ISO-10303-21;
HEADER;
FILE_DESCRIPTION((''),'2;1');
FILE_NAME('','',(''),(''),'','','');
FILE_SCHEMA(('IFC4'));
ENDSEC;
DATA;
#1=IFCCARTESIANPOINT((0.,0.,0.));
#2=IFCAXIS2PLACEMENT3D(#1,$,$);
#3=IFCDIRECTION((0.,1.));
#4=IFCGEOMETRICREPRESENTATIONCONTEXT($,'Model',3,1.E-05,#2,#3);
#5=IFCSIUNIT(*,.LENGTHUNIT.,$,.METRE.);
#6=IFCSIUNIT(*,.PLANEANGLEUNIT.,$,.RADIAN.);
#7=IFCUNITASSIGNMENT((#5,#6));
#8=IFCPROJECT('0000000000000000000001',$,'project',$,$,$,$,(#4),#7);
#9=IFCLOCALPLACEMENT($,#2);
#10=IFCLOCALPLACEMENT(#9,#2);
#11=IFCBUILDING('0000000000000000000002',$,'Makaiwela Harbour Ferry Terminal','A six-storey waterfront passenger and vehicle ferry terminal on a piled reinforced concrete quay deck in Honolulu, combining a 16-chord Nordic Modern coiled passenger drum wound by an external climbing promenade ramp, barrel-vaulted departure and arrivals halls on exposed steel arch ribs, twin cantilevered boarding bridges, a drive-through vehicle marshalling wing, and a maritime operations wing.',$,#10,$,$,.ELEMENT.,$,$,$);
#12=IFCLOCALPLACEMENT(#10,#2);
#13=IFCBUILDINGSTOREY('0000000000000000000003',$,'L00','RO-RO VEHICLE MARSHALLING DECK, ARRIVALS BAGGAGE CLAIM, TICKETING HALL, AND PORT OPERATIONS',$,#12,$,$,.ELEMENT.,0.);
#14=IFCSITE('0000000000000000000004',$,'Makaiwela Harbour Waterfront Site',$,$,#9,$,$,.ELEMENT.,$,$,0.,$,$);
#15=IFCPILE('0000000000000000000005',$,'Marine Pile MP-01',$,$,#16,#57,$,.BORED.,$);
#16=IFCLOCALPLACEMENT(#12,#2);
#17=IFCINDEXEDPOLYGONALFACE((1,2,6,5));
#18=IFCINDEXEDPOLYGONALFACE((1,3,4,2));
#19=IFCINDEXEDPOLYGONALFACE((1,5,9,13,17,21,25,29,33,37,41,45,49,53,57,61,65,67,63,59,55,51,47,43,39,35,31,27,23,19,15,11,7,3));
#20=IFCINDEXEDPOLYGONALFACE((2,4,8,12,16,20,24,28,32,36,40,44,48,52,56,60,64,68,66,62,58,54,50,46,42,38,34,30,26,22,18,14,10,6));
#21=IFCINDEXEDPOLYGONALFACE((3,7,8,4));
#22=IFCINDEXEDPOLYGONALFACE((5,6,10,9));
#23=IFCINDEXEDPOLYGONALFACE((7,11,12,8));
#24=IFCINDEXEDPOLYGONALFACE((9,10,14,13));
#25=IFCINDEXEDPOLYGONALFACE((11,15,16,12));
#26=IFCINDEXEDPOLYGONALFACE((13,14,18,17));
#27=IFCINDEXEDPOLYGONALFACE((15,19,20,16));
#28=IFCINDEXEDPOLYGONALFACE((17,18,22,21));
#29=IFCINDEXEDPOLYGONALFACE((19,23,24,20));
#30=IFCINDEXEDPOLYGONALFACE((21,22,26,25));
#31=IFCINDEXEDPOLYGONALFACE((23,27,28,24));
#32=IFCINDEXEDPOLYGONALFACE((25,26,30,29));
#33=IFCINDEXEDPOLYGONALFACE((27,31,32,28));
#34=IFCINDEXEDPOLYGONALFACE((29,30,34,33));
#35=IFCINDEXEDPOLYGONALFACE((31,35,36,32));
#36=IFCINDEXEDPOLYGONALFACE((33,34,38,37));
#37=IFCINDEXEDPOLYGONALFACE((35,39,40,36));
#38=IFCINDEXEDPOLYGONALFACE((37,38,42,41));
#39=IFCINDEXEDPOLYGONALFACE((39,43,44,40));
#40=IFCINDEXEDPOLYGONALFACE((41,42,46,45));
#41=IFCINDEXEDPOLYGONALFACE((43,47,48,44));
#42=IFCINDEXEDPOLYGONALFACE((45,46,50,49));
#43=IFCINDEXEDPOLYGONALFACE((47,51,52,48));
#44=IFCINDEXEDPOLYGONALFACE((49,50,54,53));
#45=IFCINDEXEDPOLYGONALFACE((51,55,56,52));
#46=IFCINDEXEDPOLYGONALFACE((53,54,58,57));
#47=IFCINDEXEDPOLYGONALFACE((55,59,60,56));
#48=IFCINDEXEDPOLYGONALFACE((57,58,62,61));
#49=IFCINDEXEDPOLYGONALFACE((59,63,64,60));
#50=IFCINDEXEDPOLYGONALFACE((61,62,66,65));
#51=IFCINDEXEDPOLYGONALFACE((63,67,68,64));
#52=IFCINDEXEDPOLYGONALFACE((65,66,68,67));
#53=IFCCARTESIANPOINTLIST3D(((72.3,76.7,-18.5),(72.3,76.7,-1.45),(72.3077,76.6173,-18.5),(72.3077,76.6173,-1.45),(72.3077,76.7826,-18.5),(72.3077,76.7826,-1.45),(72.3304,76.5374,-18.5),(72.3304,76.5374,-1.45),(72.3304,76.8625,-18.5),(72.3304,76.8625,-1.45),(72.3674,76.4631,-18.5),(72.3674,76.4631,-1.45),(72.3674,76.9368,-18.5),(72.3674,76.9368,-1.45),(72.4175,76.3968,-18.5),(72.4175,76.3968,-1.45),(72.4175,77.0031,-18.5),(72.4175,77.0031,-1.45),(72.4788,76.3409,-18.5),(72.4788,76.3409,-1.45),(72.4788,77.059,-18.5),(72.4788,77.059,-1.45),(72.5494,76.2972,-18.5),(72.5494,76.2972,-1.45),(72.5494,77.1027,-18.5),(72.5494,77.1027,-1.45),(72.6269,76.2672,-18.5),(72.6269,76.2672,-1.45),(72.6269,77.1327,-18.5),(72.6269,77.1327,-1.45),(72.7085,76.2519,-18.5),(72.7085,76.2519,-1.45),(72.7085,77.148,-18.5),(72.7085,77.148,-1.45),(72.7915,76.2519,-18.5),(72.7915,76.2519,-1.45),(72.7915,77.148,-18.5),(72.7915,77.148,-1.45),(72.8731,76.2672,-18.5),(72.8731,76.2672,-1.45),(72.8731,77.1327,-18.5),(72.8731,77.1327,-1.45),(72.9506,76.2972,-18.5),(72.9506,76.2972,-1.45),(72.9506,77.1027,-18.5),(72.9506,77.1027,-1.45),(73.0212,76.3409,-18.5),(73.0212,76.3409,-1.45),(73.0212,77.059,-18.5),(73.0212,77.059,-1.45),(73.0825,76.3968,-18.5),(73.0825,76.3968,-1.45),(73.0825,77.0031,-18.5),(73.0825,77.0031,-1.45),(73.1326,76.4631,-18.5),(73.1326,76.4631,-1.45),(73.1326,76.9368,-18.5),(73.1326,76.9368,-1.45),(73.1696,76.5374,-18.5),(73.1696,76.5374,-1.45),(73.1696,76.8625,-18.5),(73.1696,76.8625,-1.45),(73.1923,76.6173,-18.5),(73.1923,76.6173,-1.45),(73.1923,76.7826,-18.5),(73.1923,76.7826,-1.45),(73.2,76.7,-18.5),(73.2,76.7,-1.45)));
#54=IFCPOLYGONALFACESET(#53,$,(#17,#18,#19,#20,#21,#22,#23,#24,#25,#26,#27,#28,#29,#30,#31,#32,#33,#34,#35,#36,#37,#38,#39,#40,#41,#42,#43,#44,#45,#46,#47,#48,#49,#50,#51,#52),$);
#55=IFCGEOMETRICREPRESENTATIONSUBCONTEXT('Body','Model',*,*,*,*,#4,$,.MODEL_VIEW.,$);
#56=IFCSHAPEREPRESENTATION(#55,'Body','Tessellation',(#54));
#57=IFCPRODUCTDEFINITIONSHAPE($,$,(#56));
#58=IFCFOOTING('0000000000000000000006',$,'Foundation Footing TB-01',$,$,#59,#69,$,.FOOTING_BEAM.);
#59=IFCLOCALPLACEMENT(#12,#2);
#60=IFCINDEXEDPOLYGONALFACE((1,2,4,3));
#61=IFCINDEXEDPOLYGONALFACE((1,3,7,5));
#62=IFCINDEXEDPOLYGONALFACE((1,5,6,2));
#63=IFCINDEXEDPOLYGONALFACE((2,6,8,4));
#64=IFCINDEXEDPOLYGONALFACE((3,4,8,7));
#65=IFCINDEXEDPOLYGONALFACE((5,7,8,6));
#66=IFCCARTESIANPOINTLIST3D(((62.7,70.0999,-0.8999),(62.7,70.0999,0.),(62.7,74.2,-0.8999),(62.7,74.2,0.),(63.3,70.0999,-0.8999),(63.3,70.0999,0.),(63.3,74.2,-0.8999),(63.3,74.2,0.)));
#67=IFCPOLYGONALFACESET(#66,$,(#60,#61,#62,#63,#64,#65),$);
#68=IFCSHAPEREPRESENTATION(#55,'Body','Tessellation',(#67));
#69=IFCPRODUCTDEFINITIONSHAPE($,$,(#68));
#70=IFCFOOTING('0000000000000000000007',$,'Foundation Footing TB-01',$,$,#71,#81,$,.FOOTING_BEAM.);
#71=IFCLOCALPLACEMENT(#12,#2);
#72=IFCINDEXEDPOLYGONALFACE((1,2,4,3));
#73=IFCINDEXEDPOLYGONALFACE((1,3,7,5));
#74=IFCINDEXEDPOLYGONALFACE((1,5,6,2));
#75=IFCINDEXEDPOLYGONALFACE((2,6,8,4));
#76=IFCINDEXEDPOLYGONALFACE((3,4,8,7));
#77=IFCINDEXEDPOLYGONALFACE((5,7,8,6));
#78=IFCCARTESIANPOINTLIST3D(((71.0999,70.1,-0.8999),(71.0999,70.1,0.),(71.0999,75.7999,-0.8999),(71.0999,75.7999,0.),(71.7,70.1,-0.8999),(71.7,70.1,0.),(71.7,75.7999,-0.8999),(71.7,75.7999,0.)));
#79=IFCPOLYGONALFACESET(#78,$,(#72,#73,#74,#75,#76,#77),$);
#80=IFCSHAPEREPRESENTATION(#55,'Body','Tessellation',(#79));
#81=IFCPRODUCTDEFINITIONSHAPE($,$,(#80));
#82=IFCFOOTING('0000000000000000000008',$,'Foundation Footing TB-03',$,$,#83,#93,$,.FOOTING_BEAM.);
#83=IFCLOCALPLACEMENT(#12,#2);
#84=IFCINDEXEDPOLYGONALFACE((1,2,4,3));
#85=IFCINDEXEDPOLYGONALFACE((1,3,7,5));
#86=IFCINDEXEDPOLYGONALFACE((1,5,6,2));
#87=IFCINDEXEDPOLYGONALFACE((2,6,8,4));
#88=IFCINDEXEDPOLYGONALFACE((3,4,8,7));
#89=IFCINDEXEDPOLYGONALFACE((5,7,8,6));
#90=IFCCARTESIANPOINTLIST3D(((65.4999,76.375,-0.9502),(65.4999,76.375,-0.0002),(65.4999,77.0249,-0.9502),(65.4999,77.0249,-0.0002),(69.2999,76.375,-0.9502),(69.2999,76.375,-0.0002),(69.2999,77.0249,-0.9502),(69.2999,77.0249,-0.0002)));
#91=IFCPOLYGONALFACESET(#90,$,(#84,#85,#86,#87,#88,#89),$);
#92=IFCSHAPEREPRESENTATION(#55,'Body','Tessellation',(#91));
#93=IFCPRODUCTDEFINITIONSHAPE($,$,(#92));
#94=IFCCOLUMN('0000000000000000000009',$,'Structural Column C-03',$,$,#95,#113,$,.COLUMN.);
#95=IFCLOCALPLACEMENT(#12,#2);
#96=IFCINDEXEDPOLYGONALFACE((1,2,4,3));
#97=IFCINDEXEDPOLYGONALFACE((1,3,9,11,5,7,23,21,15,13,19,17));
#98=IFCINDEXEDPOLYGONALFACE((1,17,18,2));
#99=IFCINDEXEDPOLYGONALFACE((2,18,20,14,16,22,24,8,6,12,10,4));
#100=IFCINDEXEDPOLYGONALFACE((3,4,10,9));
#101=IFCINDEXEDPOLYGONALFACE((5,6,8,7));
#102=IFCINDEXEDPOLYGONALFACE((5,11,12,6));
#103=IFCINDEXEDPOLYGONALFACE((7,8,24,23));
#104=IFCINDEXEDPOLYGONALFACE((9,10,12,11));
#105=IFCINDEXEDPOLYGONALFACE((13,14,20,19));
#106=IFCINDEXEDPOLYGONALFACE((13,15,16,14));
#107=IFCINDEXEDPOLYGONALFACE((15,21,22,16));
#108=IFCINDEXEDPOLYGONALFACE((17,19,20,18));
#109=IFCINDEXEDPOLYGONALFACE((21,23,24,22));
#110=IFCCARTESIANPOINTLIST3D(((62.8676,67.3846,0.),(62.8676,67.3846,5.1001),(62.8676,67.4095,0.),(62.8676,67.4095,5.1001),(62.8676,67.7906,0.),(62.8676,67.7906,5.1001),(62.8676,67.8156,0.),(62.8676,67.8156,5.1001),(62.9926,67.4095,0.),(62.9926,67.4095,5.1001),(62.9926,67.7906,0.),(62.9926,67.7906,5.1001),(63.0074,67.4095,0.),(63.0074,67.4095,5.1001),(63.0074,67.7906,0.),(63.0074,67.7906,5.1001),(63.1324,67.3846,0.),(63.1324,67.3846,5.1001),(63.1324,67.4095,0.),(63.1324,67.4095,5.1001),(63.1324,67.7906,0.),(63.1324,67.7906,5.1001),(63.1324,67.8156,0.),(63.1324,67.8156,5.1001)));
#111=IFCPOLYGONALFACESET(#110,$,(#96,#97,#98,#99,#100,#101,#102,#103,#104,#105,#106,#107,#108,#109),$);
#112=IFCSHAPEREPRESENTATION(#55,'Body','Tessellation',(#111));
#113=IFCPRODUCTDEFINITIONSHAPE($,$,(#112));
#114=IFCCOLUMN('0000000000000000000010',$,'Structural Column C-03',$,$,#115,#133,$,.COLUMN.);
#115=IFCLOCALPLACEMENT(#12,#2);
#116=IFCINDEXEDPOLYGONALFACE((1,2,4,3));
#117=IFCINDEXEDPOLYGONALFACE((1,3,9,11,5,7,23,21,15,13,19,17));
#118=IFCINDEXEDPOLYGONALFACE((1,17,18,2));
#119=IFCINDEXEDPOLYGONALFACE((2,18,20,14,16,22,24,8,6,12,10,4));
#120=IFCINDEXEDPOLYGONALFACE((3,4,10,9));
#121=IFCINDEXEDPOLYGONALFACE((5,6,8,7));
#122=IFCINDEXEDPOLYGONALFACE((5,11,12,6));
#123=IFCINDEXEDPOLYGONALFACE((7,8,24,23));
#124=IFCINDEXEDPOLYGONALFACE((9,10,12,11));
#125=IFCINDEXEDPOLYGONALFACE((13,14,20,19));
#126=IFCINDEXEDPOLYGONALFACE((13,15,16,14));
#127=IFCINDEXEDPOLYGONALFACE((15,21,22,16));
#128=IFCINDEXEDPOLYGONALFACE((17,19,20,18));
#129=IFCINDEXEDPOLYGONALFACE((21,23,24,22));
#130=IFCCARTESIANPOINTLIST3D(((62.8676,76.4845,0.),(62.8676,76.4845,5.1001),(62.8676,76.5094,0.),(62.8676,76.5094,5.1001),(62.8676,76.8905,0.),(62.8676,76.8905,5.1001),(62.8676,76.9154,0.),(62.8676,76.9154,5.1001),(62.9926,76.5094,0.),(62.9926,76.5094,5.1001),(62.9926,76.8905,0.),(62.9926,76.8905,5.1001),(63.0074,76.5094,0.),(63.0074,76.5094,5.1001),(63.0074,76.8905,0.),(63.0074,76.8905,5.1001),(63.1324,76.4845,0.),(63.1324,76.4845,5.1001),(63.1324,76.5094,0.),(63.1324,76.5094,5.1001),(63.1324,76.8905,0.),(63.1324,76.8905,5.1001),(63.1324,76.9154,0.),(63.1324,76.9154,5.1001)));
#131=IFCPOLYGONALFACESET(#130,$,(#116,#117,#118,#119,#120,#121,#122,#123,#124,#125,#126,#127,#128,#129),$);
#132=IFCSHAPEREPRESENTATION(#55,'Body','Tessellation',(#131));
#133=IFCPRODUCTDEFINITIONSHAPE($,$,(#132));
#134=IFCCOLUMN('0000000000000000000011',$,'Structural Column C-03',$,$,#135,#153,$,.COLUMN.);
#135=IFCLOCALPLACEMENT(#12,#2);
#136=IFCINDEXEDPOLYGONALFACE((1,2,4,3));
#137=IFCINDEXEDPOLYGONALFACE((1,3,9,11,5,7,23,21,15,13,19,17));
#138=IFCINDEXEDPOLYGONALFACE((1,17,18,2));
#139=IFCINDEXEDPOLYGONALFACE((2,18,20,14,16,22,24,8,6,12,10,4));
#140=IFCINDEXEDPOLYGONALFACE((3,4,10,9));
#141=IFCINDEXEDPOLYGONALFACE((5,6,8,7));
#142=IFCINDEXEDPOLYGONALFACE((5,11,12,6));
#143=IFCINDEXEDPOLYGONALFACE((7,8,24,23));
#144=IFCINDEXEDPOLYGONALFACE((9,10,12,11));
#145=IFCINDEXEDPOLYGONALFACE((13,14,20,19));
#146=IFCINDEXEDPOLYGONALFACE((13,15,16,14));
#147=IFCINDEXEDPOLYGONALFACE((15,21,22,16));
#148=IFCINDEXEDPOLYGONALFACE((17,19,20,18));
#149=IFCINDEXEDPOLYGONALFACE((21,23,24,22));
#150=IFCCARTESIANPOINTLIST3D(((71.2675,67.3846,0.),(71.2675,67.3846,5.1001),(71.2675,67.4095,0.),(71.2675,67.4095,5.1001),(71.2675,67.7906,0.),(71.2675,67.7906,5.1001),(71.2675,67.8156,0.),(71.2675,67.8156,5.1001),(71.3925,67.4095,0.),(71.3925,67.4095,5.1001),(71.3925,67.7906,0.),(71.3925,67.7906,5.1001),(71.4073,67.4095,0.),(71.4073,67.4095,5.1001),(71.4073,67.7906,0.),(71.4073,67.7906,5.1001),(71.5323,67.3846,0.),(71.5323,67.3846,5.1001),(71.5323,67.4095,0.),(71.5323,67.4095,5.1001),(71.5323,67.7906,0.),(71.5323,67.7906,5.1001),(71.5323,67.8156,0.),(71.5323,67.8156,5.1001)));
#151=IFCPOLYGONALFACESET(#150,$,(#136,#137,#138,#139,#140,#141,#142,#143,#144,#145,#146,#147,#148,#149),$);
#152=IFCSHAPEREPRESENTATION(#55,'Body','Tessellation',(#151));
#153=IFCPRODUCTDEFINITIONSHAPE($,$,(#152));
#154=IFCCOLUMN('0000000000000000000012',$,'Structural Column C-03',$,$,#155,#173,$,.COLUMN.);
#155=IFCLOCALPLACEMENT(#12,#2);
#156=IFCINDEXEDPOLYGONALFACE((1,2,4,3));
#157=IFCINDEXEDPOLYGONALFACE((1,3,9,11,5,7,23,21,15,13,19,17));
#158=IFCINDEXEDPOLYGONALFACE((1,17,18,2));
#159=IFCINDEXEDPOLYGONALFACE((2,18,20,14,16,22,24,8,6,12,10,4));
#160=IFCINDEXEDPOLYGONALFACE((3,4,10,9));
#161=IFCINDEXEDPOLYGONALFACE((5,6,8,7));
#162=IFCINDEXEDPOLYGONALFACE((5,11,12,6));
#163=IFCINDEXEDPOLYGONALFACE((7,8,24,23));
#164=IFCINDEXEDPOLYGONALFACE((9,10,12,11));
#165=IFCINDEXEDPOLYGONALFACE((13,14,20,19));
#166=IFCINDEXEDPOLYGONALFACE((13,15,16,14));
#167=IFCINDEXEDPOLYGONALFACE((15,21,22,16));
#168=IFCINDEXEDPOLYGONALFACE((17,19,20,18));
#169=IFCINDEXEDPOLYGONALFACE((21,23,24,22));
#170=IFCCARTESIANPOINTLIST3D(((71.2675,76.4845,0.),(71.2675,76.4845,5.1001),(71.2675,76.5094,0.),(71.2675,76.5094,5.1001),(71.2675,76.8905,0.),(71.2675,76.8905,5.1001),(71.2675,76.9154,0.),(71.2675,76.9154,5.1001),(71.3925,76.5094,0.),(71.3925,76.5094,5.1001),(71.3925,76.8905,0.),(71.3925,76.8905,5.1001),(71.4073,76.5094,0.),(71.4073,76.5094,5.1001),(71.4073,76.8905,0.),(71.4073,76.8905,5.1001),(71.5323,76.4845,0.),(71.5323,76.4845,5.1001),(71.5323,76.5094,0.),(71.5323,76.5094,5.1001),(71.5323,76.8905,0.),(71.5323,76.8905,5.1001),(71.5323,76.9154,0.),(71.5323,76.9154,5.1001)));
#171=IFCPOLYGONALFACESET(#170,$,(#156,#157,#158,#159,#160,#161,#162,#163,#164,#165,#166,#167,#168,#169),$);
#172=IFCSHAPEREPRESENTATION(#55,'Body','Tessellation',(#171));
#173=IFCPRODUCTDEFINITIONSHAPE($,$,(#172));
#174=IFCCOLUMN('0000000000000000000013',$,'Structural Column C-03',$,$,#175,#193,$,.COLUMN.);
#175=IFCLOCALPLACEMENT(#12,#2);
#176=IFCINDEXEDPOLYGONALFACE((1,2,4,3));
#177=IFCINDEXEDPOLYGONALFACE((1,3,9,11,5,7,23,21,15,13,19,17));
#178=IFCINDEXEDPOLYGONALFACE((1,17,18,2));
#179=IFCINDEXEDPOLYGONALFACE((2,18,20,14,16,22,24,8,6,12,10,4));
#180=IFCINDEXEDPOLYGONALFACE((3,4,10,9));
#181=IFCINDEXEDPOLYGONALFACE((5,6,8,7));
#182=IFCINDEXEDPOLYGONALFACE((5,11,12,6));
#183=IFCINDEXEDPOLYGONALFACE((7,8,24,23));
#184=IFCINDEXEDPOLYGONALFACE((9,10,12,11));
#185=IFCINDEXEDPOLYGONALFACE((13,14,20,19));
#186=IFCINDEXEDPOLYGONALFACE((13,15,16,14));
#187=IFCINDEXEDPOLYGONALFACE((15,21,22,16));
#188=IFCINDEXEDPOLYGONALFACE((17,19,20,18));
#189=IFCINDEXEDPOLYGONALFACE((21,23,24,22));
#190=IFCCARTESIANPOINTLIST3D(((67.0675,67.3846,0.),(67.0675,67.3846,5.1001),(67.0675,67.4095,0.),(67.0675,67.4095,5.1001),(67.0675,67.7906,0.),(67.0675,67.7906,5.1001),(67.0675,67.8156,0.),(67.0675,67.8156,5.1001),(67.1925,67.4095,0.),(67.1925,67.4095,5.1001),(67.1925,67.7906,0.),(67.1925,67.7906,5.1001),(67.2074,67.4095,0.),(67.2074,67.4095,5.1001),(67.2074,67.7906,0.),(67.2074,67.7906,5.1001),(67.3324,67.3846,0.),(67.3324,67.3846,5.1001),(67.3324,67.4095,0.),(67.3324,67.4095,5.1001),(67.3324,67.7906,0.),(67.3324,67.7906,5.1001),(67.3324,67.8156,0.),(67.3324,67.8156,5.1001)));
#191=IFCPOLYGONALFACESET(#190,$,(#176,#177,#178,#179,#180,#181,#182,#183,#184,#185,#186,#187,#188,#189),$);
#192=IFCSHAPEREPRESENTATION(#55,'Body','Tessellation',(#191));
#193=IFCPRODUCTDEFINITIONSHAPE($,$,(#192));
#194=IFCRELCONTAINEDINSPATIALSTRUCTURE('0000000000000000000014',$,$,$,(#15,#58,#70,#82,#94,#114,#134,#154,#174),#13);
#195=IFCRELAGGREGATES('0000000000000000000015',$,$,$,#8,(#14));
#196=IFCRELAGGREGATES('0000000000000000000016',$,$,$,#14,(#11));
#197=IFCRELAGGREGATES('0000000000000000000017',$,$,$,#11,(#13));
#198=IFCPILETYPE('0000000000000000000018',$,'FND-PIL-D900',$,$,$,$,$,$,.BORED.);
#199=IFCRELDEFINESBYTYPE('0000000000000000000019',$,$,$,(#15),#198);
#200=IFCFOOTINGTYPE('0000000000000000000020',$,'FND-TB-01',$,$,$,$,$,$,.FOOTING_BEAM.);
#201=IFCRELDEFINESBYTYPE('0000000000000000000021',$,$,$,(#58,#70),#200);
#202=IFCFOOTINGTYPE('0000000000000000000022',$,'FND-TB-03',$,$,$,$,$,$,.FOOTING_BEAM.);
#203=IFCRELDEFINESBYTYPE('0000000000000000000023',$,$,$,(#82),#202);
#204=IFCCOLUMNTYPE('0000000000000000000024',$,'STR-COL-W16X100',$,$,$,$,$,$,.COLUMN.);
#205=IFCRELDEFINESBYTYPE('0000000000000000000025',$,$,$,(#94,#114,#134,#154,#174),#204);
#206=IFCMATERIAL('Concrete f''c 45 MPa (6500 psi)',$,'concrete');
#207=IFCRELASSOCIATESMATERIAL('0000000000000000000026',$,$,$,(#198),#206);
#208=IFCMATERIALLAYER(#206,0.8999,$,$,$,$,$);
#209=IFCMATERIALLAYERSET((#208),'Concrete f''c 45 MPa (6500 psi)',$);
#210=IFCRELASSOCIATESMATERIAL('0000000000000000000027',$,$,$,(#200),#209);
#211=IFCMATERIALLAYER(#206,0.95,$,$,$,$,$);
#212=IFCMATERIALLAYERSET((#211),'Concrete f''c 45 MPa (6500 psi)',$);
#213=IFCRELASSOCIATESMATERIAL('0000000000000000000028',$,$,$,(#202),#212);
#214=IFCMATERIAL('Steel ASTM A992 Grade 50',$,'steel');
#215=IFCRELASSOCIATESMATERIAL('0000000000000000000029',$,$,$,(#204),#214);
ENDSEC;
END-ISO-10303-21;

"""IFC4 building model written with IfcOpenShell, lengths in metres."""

from ifc_helpers import new_model, si_unit, direction, frame, origin, origin_2d, place, context, subcontext, project, spatial, rectangle, circle, i_section, extrude, material, layer, layer_set, material_profile, profile_set, type_object, element, save


model = new_model("IFC4")

# Units and contexts
model_context = context("Model", 3, precision=1e-05, world=origin(), true_north=direction((0.0, 1.0)))
body_context = subcontext(model_context, "Body", "Model", "MODEL_VIEW")
ifc_project = project(units=[si_unit("LENGTHUNIT", "METRE"), si_unit("PLANEANGLEUNIT", "RADIAN")], contexts=[model_context])

# Site, building, storey
site_placement = place(None, origin())
site = spatial("IfcSite", under=ifc_project, at=site_placement, Name="Makaiwela Harbour Waterfront Site", CompositionType="ELEMENT", RefElevation=0.0)
building_placement = place(site_placement, origin())
building = spatial("IfcBuilding", under=site, at=building_placement, Name="Makaiwela Harbour Ferry Terminal", Description="A six-storey waterfront passenger and vehicle ferry terminal on a piled reinforced concrete quay deck in Honolulu, combining a 16-chord Nordic Modern coiled passenger drum wound by an external climbing promenade ramp, barrel-vaulted departure and arrivals halls on exposed steel arch ribs, twin cantilevered boarding bridges, a drive-through vehicle marshalling wing, and a maritime operations wing.", CompositionType="ELEMENT")
storey_placement = place(building_placement, origin())
storey = spatial("IfcBuildingStorey", under=building, at=storey_placement, Name="L00", Description="RO-RO VEHICLE MARSHALLING DECK, ARRIVALS BAGGAGE CLAIM, TICKETING HALL, AND PORT OPERATIONS", CompositionType="ELEMENT", Elevation=0.0)

# Shared definitions
ifc_material_1 = material(Name="Concrete f'c 45 MPa (6500 psi)", Category="concrete")

# Pile
ifc_material_profile_1 = material_profile(ifc_material_1, circle(Radius=0.45, at=origin_2d()), Name="PILE-D900")
ifc_profile_set_1 = profile_set([ifc_material_profile_1], Name="Concrete f'c 45 MPa (6500 psi)")
pile_type = type_object("IfcPileType", Name="FND-PIL-D900", PredefinedType="BORED", material=ifc_profile_set_1)
for number, where, z_axis, x_axis, name in (
    (1, (72.75, 76.7, -1.45), (0.0, 0.0, -1.0), (1.0, 0.0, 0.0), "Marine Pile MP-01"),
):
    element("IfcPile", number, at=place(storey_placement, frame(where, z_axis=z_axis, x_axis=x_axis)), inside=storey, type_object=pile_type, Name=name, PredefinedType="BORED", context=body_context, shape_type="SweptSolid", body=[
        extrude(circle(Radius=0.45, at=origin_2d()), origin(), (0.0, 0.0, 1.0), 17.05),
    ])

# Footings
ifc_layer_1 = layer(ifc_material_1, 0.8999)
ifc_layer_set_1 = layer_set([ifc_layer_1], Name="Concrete f'c 45 MPa (6500 psi)")
footing_type_1 = type_object("IfcFootingType", Name="FND-TB-01", PredefinedType="FOOTING_BEAM", material=ifc_layer_set_1)
footing_1_placement = place(storey_placement, frame((63.0, 72.1499, -0.8999), z_axis=(0.0, 0.0, 1.0), x_axis=(0.0, 1.0, 0.0)))
element("IfcFooting", 2, at=footing_1_placement, inside=storey, type_object=footing_type_1, Name="Foundation Footing TB-01", PredefinedType="FOOTING_BEAM", context=body_context, shape_type="SweptSolid", body=[
    extrude(rectangle(XDim=4.1001, YDim=0.6001, at=origin_2d()), origin(), (0.0, 0.0, 1.0), 0.8999),
])
footing_2_placement = place(storey_placement, frame((71.3999, 72.95, -0.8999), z_axis=(0.0, 0.0, 1.0), x_axis=(0.0, 1.0, 0.0)))
element("IfcFooting", 3, at=footing_2_placement, inside=storey, type_object=footing_type_1, Name="Foundation Footing TB-01", PredefinedType="FOOTING_BEAM", context=body_context, shape_type="SweptSolid", body=[
    extrude(rectangle(XDim=5.7, YDim=0.6001, at=origin_2d()), origin(), (0.0, 0.0, 1.0), 0.8999),
])
ifc_layer_2 = layer(ifc_material_1, 0.95)
ifc_layer_set_2 = layer_set([ifc_layer_2], Name="Concrete f'c 45 MPa (6500 psi)")
footing_type_2 = type_object("IfcFootingType", Name="FND-TB-03", PredefinedType="FOOTING_BEAM", material=ifc_layer_set_2)
footing_3_placement = place(storey_placement, frame((67.3999, 76.7, -0.9502), z_axis=(0.0, 0.0, 1.0), x_axis=(1.0, 0.0, 0.0)))
element("IfcFooting", 4, at=footing_3_placement, inside=storey, type_object=footing_type_2, Name="Foundation Footing TB-03", PredefinedType="FOOTING_BEAM", context=body_context, shape_type="SweptSolid", body=[
    extrude(rectangle(XDim=3.8, YDim=0.6499, at=origin_2d()), origin(), (0.0, 0.0, 1.0), 0.95),
])

# Columns
ifc_material_2 = material(Name="Steel ASTM A992 Grade 50", Category="steel")
ifc_material_profile_2 = material_profile(ifc_material_2, i_section(OverallWidth=0.2649, OverallDepth=0.4309, WebThickness=0.0149, FlangeThickness=0.0249, at=origin_2d()), Name="W16X100")
ifc_profile_set_2 = profile_set([ifc_material_profile_2], Name="Steel ASTM A992 Grade 50")
column_type = type_object("IfcColumnType", Name="STR-COL-W16X100", PredefinedType="COLUMN", material=ifc_profile_set_2)
for number, where, z_axis, x_axis, name in (
    (5, (63.0, 67.6001, 0.0), (0.0, 0.0, 1.0), (1.0, 0.0, 0.0), "Structural Column C-03"),
    (6, (63.0, 76.7, 0.0), (0.0, 0.0, 1.0), (1.0, 0.0, 0.0), "Structural Column C-03"),
    (7, (71.3999, 67.6001, 0.0), (0.0, 0.0, 1.0), (1.0, 0.0, 0.0), "Structural Column C-03"),
    (8, (71.3999, 76.7, 0.0), (0.0, 0.0, 1.0), (1.0, 0.0, 0.0), "Structural Column C-03"),
    (9, (67.2, 67.6001, 0.0), (0.0, 0.0, 1.0), (1.0, 0.0, 0.0), "Structural Column C-03"),
):
    element("IfcColumn", number, at=place(storey_placement, frame(where, z_axis=z_axis, x_axis=x_axis)), inside=storey, type_object=column_type, Name=name, PredefinedType="COLUMN", context=body_context, shape_type="SweptSolid", body=[
        extrude(i_section(OverallWidth=0.2649, OverallDepth=0.4309, WebThickness=0.0149, FlangeThickness=0.0249, at=origin_2d()), origin(), (0.0, 0.0, 1.0), 5.1001),
    ])

save(model, "model.ifc")
